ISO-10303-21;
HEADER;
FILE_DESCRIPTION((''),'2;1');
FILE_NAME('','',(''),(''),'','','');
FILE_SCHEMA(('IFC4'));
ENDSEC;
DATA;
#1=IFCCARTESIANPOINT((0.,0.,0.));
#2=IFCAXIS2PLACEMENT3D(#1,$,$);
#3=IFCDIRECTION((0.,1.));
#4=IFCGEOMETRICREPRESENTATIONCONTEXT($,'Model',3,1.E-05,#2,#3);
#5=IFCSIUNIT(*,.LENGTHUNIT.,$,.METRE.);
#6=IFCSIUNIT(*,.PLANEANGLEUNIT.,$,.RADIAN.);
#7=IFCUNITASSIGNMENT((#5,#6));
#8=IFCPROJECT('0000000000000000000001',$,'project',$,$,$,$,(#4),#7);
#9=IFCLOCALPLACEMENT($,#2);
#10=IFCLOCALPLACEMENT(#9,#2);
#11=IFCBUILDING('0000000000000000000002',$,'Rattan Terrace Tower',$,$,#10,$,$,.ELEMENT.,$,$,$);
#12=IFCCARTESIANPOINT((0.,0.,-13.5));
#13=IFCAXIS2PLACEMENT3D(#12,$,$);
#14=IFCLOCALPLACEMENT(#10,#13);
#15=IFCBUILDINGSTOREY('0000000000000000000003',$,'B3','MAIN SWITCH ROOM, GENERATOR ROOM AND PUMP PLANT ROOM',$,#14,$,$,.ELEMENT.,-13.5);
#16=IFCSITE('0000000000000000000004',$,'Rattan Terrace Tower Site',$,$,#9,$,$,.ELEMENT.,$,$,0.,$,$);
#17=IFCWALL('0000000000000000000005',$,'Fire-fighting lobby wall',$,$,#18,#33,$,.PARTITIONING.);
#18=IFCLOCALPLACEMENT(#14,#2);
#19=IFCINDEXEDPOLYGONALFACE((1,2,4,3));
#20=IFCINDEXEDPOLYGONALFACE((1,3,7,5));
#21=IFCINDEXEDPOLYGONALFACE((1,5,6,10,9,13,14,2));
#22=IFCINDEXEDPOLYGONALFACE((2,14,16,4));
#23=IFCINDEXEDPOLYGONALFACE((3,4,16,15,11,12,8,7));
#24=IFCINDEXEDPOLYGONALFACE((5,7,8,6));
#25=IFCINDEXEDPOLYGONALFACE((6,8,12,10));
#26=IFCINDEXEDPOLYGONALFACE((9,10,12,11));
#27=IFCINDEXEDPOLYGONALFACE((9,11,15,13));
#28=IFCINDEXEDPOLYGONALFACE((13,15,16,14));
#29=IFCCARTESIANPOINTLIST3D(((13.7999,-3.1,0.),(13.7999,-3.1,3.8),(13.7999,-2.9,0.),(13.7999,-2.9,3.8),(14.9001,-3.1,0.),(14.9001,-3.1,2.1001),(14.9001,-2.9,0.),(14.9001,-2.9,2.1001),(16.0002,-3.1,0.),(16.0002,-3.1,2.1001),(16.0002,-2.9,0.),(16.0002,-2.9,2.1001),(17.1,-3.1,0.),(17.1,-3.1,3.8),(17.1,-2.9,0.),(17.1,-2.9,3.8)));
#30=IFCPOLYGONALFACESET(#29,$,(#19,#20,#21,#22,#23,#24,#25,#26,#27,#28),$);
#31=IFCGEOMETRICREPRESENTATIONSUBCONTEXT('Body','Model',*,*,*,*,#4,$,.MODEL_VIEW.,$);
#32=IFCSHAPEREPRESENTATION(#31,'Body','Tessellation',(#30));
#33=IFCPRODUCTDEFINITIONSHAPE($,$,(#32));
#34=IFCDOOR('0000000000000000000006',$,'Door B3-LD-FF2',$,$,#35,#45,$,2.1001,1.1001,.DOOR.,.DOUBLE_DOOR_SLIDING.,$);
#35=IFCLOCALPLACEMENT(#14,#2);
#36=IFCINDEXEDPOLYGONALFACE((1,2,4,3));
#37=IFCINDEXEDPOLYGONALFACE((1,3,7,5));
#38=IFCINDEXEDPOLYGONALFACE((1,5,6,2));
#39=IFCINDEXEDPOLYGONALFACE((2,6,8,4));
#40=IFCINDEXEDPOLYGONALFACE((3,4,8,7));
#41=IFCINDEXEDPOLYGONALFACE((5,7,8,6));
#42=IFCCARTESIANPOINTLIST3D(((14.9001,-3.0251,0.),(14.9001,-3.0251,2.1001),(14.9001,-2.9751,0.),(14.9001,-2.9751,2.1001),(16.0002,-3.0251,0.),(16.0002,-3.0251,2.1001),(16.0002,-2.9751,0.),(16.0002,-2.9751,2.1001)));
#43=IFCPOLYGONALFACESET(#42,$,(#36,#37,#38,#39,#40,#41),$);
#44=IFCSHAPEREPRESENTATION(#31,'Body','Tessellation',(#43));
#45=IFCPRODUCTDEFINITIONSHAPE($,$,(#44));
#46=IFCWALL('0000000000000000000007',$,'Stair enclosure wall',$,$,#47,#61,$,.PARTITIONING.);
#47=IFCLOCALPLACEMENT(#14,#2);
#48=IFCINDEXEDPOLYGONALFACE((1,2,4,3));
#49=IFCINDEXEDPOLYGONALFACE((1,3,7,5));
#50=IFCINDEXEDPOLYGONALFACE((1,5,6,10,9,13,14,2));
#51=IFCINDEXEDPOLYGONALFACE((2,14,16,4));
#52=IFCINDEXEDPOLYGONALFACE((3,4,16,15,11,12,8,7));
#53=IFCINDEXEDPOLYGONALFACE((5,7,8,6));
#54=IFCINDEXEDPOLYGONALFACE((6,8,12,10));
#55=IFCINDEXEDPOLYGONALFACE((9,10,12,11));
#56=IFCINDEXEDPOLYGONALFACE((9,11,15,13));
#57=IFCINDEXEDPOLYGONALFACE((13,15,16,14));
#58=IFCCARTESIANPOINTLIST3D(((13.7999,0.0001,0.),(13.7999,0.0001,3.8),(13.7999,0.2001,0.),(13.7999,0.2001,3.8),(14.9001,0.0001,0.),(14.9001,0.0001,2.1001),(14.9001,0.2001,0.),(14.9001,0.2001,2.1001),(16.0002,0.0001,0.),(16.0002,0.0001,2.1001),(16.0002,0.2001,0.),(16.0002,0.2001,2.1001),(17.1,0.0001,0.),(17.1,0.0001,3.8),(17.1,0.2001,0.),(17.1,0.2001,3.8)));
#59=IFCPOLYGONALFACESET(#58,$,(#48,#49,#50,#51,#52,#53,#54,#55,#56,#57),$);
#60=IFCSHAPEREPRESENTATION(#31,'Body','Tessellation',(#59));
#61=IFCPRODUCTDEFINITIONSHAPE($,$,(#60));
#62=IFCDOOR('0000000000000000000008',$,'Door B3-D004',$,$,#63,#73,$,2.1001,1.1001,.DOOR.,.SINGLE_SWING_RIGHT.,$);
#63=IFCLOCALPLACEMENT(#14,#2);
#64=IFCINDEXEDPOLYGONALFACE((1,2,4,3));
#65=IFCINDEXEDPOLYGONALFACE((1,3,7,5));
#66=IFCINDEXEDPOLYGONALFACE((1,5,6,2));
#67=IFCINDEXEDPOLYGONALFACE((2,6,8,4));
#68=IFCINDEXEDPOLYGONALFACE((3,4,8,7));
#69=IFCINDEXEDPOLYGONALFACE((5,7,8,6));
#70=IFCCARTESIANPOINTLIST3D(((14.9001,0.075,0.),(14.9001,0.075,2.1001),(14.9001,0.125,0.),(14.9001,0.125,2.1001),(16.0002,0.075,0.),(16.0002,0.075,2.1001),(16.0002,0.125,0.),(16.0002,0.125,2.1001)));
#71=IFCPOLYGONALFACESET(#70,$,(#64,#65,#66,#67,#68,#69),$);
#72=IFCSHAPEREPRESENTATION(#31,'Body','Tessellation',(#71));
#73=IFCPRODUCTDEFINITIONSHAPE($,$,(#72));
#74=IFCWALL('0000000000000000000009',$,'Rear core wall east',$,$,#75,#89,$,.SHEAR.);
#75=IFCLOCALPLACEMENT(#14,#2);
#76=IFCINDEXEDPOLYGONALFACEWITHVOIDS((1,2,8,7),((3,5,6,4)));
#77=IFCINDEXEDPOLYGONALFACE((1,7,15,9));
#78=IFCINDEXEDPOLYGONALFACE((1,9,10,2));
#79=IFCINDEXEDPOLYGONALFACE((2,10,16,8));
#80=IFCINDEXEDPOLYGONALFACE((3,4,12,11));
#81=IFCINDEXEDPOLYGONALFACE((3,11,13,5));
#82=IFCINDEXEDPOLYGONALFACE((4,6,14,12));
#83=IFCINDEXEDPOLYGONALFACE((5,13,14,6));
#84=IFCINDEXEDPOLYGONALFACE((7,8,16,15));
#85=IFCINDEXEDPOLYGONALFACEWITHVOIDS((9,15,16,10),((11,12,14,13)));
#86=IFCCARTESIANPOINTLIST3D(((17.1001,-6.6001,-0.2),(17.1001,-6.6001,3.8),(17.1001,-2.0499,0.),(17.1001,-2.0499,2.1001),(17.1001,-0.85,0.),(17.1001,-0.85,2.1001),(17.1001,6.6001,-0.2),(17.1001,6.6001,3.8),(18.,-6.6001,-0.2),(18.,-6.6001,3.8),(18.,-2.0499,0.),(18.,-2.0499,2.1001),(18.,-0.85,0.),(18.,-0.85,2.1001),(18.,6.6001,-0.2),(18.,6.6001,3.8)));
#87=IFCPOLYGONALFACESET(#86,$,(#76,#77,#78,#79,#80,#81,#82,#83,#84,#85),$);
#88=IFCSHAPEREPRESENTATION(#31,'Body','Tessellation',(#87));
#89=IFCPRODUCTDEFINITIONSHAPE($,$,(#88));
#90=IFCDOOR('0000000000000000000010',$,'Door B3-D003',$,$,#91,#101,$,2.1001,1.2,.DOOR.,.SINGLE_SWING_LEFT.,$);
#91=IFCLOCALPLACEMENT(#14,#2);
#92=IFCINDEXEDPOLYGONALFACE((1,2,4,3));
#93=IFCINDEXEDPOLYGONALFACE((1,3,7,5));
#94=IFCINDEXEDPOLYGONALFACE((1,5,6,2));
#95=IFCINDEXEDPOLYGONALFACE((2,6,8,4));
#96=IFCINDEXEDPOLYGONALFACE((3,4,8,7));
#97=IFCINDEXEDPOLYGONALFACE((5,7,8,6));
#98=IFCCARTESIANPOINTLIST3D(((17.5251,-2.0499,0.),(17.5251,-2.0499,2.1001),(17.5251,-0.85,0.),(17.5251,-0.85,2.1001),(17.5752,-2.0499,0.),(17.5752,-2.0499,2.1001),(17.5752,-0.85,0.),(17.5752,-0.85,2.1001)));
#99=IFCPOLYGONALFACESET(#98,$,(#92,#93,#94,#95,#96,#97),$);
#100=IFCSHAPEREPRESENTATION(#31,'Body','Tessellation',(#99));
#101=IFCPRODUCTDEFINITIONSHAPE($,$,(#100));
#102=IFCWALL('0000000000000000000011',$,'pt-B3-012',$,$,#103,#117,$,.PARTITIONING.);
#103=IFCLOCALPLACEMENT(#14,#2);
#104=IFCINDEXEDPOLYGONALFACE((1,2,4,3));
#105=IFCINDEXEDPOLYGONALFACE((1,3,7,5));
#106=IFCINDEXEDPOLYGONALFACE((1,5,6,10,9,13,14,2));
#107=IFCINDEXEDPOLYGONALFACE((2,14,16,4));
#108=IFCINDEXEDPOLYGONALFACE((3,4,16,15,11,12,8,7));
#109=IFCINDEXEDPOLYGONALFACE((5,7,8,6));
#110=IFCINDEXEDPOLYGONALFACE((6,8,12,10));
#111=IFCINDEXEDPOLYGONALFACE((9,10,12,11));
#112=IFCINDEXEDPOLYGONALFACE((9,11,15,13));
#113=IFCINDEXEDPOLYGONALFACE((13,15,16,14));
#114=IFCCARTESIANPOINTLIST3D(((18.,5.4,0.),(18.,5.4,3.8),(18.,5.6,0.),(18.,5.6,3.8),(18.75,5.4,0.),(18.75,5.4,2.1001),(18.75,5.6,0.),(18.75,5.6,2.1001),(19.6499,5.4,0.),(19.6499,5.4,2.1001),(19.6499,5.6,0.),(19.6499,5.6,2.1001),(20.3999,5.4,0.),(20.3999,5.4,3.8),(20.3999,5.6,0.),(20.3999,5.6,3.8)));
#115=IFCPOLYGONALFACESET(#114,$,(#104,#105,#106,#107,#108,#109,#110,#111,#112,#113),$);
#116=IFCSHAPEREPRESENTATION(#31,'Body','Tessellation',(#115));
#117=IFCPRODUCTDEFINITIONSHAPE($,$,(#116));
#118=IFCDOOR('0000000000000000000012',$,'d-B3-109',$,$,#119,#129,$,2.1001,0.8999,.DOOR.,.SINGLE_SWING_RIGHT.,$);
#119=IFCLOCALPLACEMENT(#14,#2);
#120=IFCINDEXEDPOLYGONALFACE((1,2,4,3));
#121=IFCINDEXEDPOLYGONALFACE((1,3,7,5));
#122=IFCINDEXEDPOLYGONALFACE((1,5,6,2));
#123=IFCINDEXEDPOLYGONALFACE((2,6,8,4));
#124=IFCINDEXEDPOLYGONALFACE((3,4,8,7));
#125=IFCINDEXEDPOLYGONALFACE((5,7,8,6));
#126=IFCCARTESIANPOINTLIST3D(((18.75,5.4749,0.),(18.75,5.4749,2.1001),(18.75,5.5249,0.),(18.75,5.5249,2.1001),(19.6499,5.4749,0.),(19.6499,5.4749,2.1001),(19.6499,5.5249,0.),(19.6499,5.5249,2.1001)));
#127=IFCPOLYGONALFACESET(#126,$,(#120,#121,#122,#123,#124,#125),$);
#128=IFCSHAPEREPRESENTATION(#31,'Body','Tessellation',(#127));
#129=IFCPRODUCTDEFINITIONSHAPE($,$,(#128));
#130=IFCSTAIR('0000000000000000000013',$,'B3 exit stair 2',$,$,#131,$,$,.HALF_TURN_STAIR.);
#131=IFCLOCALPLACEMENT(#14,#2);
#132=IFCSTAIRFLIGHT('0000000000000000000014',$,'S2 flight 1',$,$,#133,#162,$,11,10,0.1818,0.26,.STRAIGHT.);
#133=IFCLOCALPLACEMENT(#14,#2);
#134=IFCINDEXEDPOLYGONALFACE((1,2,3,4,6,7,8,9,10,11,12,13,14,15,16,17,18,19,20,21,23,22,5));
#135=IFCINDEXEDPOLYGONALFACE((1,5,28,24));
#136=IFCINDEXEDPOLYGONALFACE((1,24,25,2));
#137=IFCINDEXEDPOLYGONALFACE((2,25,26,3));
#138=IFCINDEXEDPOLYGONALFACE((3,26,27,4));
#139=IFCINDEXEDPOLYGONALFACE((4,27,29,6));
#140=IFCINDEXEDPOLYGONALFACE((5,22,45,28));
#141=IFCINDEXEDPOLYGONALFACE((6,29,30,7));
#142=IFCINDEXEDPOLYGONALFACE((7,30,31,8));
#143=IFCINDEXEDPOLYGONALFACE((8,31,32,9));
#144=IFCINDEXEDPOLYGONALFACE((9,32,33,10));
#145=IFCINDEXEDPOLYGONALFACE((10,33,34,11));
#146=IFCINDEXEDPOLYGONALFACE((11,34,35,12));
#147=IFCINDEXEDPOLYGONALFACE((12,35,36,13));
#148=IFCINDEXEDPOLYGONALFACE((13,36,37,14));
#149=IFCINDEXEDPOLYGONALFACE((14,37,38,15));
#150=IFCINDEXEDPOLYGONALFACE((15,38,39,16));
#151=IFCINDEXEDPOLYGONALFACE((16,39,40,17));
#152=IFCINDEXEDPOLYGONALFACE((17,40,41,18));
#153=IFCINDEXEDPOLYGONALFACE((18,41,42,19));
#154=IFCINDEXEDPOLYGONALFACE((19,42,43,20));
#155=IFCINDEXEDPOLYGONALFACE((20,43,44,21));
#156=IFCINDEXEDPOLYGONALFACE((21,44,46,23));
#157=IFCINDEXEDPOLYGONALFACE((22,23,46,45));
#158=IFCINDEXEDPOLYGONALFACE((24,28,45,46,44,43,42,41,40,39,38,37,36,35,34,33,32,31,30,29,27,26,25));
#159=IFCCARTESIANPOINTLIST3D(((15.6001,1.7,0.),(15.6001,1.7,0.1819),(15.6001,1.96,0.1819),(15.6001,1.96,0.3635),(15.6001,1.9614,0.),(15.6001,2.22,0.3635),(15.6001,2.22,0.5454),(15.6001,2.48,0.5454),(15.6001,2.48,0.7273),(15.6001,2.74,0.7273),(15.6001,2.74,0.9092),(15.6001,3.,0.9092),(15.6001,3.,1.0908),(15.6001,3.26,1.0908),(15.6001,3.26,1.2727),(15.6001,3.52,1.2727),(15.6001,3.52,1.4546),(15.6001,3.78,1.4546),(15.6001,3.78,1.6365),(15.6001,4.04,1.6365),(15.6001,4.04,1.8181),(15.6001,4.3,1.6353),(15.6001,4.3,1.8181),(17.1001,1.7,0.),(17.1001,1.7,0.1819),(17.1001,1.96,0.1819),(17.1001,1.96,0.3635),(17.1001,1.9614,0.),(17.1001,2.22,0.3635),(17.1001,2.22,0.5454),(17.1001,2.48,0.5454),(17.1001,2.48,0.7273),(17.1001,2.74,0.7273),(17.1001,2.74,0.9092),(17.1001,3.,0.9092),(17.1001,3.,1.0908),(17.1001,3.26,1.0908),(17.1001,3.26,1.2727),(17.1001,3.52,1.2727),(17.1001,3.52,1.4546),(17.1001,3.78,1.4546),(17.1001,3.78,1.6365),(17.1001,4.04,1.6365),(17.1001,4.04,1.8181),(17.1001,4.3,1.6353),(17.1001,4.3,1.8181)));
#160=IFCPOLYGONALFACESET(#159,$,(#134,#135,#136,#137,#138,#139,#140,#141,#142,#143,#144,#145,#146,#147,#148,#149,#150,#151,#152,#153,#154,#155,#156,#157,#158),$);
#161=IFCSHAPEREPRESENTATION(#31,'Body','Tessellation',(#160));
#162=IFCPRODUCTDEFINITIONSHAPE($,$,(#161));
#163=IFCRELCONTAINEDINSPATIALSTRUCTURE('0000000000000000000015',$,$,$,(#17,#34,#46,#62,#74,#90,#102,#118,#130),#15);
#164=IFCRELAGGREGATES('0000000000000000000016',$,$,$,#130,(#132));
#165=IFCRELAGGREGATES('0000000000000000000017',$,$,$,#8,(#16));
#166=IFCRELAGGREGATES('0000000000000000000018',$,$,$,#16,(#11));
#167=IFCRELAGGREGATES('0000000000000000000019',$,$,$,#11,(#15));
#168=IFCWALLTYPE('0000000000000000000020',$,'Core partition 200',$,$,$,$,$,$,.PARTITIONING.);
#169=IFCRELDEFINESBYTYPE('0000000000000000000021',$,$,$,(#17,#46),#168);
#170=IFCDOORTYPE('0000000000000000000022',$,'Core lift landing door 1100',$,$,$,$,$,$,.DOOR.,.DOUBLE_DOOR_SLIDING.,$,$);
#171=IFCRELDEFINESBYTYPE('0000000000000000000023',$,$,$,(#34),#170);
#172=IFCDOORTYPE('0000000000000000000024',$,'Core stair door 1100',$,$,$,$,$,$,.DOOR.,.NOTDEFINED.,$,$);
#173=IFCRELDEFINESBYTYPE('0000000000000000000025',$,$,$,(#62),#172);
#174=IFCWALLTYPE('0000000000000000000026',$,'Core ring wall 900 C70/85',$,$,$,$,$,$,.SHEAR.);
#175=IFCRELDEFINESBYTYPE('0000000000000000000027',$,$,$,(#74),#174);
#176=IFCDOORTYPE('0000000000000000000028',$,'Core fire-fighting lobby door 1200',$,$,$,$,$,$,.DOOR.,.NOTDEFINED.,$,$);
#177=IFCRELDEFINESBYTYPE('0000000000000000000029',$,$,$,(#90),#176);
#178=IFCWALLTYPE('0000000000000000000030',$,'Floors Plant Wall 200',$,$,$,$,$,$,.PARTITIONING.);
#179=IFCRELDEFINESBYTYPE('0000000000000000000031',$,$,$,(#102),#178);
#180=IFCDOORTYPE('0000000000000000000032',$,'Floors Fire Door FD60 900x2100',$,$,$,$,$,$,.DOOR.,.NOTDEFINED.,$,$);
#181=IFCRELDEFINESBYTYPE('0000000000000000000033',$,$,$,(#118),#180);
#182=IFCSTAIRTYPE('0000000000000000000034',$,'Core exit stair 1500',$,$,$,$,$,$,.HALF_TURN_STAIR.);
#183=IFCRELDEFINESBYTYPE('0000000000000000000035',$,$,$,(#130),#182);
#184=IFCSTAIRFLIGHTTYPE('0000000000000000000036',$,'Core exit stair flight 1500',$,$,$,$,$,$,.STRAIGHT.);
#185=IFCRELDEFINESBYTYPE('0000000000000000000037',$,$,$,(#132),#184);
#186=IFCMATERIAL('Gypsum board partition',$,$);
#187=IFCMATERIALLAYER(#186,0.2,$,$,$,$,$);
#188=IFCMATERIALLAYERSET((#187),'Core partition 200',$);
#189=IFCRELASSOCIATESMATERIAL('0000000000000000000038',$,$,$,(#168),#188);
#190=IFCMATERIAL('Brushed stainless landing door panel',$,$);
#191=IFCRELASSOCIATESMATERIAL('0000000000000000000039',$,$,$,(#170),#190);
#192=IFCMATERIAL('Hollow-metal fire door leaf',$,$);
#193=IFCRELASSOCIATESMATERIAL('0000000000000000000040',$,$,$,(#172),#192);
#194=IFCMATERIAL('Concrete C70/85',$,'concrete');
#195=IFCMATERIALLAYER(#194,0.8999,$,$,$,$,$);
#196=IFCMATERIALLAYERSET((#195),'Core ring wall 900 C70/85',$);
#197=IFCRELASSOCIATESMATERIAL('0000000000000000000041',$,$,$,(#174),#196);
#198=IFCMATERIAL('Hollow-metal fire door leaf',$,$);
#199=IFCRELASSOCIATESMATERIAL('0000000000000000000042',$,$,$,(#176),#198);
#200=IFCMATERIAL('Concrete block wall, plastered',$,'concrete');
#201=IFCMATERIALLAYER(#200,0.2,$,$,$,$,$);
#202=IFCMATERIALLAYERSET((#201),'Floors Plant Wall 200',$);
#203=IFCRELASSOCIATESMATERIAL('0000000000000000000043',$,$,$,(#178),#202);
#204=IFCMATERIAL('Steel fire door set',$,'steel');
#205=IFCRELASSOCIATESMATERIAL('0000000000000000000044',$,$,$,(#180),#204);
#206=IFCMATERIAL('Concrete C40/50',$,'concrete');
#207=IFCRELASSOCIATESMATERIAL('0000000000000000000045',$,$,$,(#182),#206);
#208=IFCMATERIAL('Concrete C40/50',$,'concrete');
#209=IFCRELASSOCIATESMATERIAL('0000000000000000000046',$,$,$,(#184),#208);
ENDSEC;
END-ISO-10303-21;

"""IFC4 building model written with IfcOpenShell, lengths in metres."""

from ifc_helpers import new_model, si_unit, direction, frame, frame_2d, origin, place, context, subcontext, project, spatial, polyline, rectangle, outline, extrude, material, layer, layer_set, type_object, element, fill, aggregate, save


model = new_model("IFC4")

# Units and contexts
model_context = context("Model", 3, precision=1e-05, world=origin(), true_north=direction((0.0, 1.0)))
body_context = subcontext(model_context, "Body", "Model", "MODEL_VIEW")
ifc_project = project(units=[si_unit("LENGTHUNIT", "METRE"), si_unit("PLANEANGLEUNIT", "RADIAN")], contexts=[model_context])

# Site, building, storey
site_placement = place(None, origin())
site = spatial("IfcSite", under=ifc_project, at=site_placement, Name="Rattan Terrace Tower Site", CompositionType="ELEMENT", RefElevation=0.0)
building_placement = place(site_placement, origin())
building = spatial("IfcBuilding", under=site, at=building_placement, Name="Rattan Terrace Tower", CompositionType="ELEMENT")
storey_placement = place(building_placement, frame((0.0, 0.0, -13.5)))
storey = spatial("IfcBuildingStorey", under=building, at=storey_placement, Name="B3", Description="MAIN SWITCH ROOM, GENERATOR ROOM AND PUMP PLANT ROOM", CompositionType="ELEMENT", Elevation=-13.5)

# Walls, openings, doors
ifc_material_1 = material(Name="Gypsum board partition")
ifc_layer_1 = layer(ifc_material_1, 0.2)
ifc_layer_set_1 = layer_set([ifc_layer_1], Name="Core partition 200")
wall_type_1 = type_object("IfcWallType", Name="Core partition 200", PredefinedType="PARTITIONING", material=ifc_layer_set_1)
wall_1_placement = place(storey_placement, frame((13.8, -3.0, 0.0), z_axis=(0.0, 0.0, 1.0), x_axis=(1.0, 0.0, 0.0)))
wall_1 = element("IfcWall", 1, at=wall_1_placement, inside=storey, type_object=wall_type_1, Name="Fire-fighting lobby wall", PredefinedType="PARTITIONING", context=body_context, shape_type="SweptSolid", body=[
    extrude(rectangle(XDim=3.3, YDim=0.2, at=frame_2d((1.6499, 0.0))), origin(), (0.0, 0.0, 1.0), 3.8),
])
opening_1_placement = place(wall_1_placement, frame((1.1001, 0.0, 0.0)))
opening_1 = element("IfcOpeningElement", 2, at=opening_1_placement, cuts=wall_1, PredefinedType="OPENING", context=body_context, shape_type="SweptSolid", body=[
    extrude(rectangle(XDim=1.1001, YDim=2.1001, at=frame_2d((0.55, 1.05))), frame((0.0, 0.1106, 0.0), z_axis=(0.0, -1.0, 0.0), x_axis=(1.0, 0.0, 0.0)), (0.0, 0.0, 1.0), 0.2209),
])
ifc_material_2 = material(Name="Brushed stainless landing door panel")
door_type_1 = type_object("IfcDoorType", Name="Core lift landing door 1100", OperationType="DOUBLE_DOOR_SLIDING", PredefinedType="DOOR", material=ifc_material_2)
door_1_placement = place(opening_1_placement, origin())
door_1 = element("IfcDoor", 3, at=door_1_placement, inside=storey, type_object=door_type_1, Name="Door B3-LD-FF2", OperationType="DOUBLE_DOOR_SLIDING", OverallHeight=2.1001, OverallWidth=1.1001, PredefinedType="DOOR", context=body_context, shape_type="SweptSolid", body=[
    extrude(rectangle(XDim=1.1001, YDim=2.1001, at=frame_2d((0.55, 1.05))), frame((0.0, 0.0249, 0.0), z_axis=(0.0, -1.0, 0.0), x_axis=(1.0, 0.0, 0.0)), (0.0, 0.0, 1.0), 0.05),
])
fill(opening_1, door_1)
wall_2_placement = place(storey_placement, frame((13.8, 0.1001, 0.0), z_axis=(0.0, 0.0, 1.0), x_axis=(1.0, 0.0, 0.0)))
wall_2 = element("IfcWall", 4, at=wall_2_placement, inside=storey, type_object=wall_type_1, Name="Stair enclosure wall", PredefinedType="PARTITIONING", context=body_context, shape_type="SweptSolid", body=[
    extrude(rectangle(XDim=3.3, YDim=0.2, at=frame_2d((1.6499, 0.0))), origin(), (0.0, 0.0, 1.0), 3.8),
])
opening_2_placement = place(wall_2_placement, frame((1.1001, 0.0, 0.0)))
opening_2 = element("IfcOpeningElement", 5, at=opening_2_placement, cuts=wall_2, PredefinedType="OPENING", context=body_context, shape_type="SweptSolid", body=[
    extrude(rectangle(XDim=1.1001, YDim=2.1001, at=frame_2d((0.55, 1.05))), frame((0.0, 0.1106, 0.0), z_axis=(0.0, -1.0, 0.0), x_axis=(1.0, 0.0, 0.0)), (0.0, 0.0, 1.0), 0.2209),
])
ifc_material_3 = material(Name="Hollow-metal fire door leaf")
door_type_2 = type_object("IfcDoorType", Name="Core stair door 1100", OperationType="NOTDEFINED", PredefinedType="DOOR", material=ifc_material_3)
door_2_placement = place(opening_2_placement, origin())
door_2 = element("IfcDoor", 6, at=door_2_placement, inside=storey, type_object=door_type_2, Name="Door B3-D004", OperationType="SINGLE_SWING_RIGHT", OverallHeight=2.1001, OverallWidth=1.1001, PredefinedType="DOOR", context=body_context, shape_type="SweptSolid", body=[
    extrude(rectangle(XDim=1.1001, YDim=2.1001, at=frame_2d((0.55, 1.05))), frame((0.0, 0.0249, 0.0), z_axis=(0.0, -1.0, 0.0), x_axis=(1.0, 0.0, 0.0)), (0.0, 0.0, 1.0), 0.05),
])
fill(opening_2, door_2)
ifc_material_4 = material(Name="Concrete C70/85", Category="concrete")
ifc_layer_2 = layer(ifc_material_4, 0.8999)
ifc_layer_set_2 = layer_set([ifc_layer_2], Name="Core ring wall 900 C70/85")
wall_type_2 = type_object("IfcWallType", Name="Core ring wall 900 C70/85", PredefinedType="SHEAR", material=ifc_layer_set_2)
wall_3_placement = place(storey_placement, frame((17.55, -6.6001, -0.2), z_axis=(0.0, 0.0, 1.0), x_axis=(0.0, 1.0, 0.0)))
wall_3 = element("IfcWall", 7, at=wall_3_placement, inside=storey, type_object=wall_type_2, Name="Rear core wall east", PredefinedType="SHEAR", context=body_context, shape_type="SweptSolid", body=[
    extrude(rectangle(XDim=13.2002, YDim=0.8999, at=frame_2d((6.6001, 0.0))), origin(), (0.0, 0.0, 1.0), 4.0),
])
opening_3_placement = place(wall_3_placement, frame((4.55, 0.0, 0.2)))
opening_3 = element("IfcOpeningElement", 8, at=opening_3_placement, cuts=wall_3, PredefinedType="OPENING", context=body_context, shape_type="SweptSolid", body=[
    extrude(rectangle(XDim=1.2, YDim=2.1001, at=frame_2d((0.6001, 1.05))), frame((0.0, 0.4604, 0.0), z_axis=(0.0, -1.0, 0.0), x_axis=(1.0, 0.0, 0.0)), (0.0, 0.0, 1.0), 0.9209),
])
ifc_material_5 = material(Name="Hollow-metal fire door leaf")
door_type_3 = type_object("IfcDoorType", Name="Core fire-fighting lobby door 1200", OperationType="NOTDEFINED", PredefinedType="DOOR", material=ifc_material_5)
door_3_placement = place(opening_3_placement, origin())
door_3 = element("IfcDoor", 9, at=door_3_placement, inside=storey, type_object=door_type_3, Name="Door B3-D003", OperationType="SINGLE_SWING_LEFT", OverallHeight=2.1001, OverallWidth=1.2, PredefinedType="DOOR", context=body_context, shape_type="SweptSolid", body=[
    extrude(rectangle(XDim=1.2, YDim=2.1001, at=frame_2d((0.6001, 1.05))), frame((0.0, 0.0249, 0.0), z_axis=(0.0, -1.0, 0.0), x_axis=(1.0, 0.0, 0.0)), (0.0, 0.0, 1.0), 0.05),
])
fill(opening_3, door_3)
ifc_material_6 = material(Name="Concrete block wall, plastered", Category="concrete")
ifc_layer_3 = layer(ifc_material_6, 0.2)
ifc_layer_set_3 = layer_set([ifc_layer_3], Name="Floors Plant Wall 200")
wall_type_3 = type_object("IfcWallType", Name="Floors Plant Wall 200", PredefinedType="PARTITIONING", material=ifc_layer_set_3)
wall_4_placement = place(storey_placement, frame((18.0, 5.5, 0.0), z_axis=(0.0, 0.0, 1.0), x_axis=(1.0, 0.0, 0.0)))
wall_4 = element("IfcWall", 10, at=wall_4_placement, inside=storey, type_object=wall_type_3, Name="pt-B3-012", PredefinedType="PARTITIONING", context=body_context, shape_type="SweptSolid", body=[
    extrude(rectangle(XDim=2.3999, YDim=0.2, at=frame_2d((1.2, 0.0))), origin(), (0.0, 0.0, 1.0), 3.8),
])
opening_4_placement = place(wall_4_placement, frame((0.75, 0.0, 0.0)))
opening_4 = element("IfcOpeningElement", 11, at=opening_4_placement, cuts=wall_4, PredefinedType="OPENING", context=body_context, shape_type="SweptSolid", body=[
    extrude(rectangle(XDim=0.8999, YDim=2.1001, at=frame_2d((0.45, 1.05))), frame((0.0, 0.1106, 0.0), z_axis=(0.0, -1.0, 0.0), x_axis=(1.0, 0.0, 0.0)), (0.0, 0.0, 1.0), 0.2209),
])
ifc_material_7 = material(Name="Steel fire door set", Category="steel")
door_type_4 = type_object("IfcDoorType", Name="Floors Fire Door FD60 900x2100", OperationType="NOTDEFINED", PredefinedType="DOOR", material=ifc_material_7)
door_4_placement = place(opening_4_placement, origin())
door_4 = element("IfcDoor", 12, at=door_4_placement, inside=storey, type_object=door_type_4, Name="d-B3-109", OperationType="SINGLE_SWING_RIGHT", OverallHeight=2.1001, OverallWidth=0.8999, PredefinedType="DOOR", context=body_context, shape_type="SweptSolid", body=[
    extrude(rectangle(XDim=0.8999, YDim=2.1001, at=frame_2d((0.45, 1.05))), frame((0.0, 0.0249, 0.0), z_axis=(0.0, -1.0, 0.0), x_axis=(1.0, 0.0, 0.0)), (0.0, 0.0, 1.0), 0.05),
])
fill(opening_4, door_4)

# Stair, stair flight
ifc_material_8 = material(Name="Concrete C40/50", Category="concrete")
stair_type = type_object("IfcStairType", Name="Core exit stair 1500", PredefinedType="HALF_TURN_STAIR", material=ifc_material_8)
stair_placement = place(storey_placement, origin())
stair = element("IfcStair", 13, at=stair_placement, inside=storey, type_object=stair_type, Name="B3 exit stair 2", PredefinedType="HALF_TURN_STAIR")
ifc_material_9 = material(Name="Concrete C40/50", Category="concrete")
stair_flight_type = type_object("IfcStairFlightType", Name="Core exit stair flight 1500", PredefinedType="STRAIGHT", material=ifc_material_9)
stair_flight_1_placement = place(storey_placement, frame((16.3501, 1.7, 0.0), z_axis=(0.0, 0.0, 1.0), x_axis=(0.0, 1.0, 0.0)))
stair_flight_1 = element("IfcStairFlight", 14, at=stair_flight_1_placement, type_object=stair_flight_type, Name="S2 flight 1", NumberOfRisers=11, NumberOfTreads=10, PredefinedType="STRAIGHT", RiserHeight=0.1818, TreadLength=0.26, context=body_context, shape_type="SweptSolid", body=[
    extrude(outline(polyline([(0.0, 0.0), (0.0, 0.1819), (0.26, 0.1819), (0.26, 0.3635), (0.52, 0.3635), (0.52, 0.5454), (0.78, 0.5454), (0.78, 0.7273), (1.04, 0.7273), (1.04, 0.9092), (1.3, 0.9092), (1.3, 1.0908), (1.5601, 1.0908), (1.5601, 1.2727), (1.8201, 1.2727), (1.8201, 1.4546), (2.0801, 1.4546), (2.0801, 1.6365), (2.3401, 1.6365), (2.3401, 1.8181), (2.6001, 1.8181), (2.6001, 2.0), (2.6001, 1.6353), (0.2615, 0.0), (0.0, 0.0)])), frame((0.0, 0.75, 0.0), z_axis=(0.0, -1.0, 0.0), x_axis=(1.0, 0.0, 0.0)), (0.0, 0.0, 1.0), 1.5),
])
aggregate(stair, [stair_flight_1])

save(model, "model.ifc")
